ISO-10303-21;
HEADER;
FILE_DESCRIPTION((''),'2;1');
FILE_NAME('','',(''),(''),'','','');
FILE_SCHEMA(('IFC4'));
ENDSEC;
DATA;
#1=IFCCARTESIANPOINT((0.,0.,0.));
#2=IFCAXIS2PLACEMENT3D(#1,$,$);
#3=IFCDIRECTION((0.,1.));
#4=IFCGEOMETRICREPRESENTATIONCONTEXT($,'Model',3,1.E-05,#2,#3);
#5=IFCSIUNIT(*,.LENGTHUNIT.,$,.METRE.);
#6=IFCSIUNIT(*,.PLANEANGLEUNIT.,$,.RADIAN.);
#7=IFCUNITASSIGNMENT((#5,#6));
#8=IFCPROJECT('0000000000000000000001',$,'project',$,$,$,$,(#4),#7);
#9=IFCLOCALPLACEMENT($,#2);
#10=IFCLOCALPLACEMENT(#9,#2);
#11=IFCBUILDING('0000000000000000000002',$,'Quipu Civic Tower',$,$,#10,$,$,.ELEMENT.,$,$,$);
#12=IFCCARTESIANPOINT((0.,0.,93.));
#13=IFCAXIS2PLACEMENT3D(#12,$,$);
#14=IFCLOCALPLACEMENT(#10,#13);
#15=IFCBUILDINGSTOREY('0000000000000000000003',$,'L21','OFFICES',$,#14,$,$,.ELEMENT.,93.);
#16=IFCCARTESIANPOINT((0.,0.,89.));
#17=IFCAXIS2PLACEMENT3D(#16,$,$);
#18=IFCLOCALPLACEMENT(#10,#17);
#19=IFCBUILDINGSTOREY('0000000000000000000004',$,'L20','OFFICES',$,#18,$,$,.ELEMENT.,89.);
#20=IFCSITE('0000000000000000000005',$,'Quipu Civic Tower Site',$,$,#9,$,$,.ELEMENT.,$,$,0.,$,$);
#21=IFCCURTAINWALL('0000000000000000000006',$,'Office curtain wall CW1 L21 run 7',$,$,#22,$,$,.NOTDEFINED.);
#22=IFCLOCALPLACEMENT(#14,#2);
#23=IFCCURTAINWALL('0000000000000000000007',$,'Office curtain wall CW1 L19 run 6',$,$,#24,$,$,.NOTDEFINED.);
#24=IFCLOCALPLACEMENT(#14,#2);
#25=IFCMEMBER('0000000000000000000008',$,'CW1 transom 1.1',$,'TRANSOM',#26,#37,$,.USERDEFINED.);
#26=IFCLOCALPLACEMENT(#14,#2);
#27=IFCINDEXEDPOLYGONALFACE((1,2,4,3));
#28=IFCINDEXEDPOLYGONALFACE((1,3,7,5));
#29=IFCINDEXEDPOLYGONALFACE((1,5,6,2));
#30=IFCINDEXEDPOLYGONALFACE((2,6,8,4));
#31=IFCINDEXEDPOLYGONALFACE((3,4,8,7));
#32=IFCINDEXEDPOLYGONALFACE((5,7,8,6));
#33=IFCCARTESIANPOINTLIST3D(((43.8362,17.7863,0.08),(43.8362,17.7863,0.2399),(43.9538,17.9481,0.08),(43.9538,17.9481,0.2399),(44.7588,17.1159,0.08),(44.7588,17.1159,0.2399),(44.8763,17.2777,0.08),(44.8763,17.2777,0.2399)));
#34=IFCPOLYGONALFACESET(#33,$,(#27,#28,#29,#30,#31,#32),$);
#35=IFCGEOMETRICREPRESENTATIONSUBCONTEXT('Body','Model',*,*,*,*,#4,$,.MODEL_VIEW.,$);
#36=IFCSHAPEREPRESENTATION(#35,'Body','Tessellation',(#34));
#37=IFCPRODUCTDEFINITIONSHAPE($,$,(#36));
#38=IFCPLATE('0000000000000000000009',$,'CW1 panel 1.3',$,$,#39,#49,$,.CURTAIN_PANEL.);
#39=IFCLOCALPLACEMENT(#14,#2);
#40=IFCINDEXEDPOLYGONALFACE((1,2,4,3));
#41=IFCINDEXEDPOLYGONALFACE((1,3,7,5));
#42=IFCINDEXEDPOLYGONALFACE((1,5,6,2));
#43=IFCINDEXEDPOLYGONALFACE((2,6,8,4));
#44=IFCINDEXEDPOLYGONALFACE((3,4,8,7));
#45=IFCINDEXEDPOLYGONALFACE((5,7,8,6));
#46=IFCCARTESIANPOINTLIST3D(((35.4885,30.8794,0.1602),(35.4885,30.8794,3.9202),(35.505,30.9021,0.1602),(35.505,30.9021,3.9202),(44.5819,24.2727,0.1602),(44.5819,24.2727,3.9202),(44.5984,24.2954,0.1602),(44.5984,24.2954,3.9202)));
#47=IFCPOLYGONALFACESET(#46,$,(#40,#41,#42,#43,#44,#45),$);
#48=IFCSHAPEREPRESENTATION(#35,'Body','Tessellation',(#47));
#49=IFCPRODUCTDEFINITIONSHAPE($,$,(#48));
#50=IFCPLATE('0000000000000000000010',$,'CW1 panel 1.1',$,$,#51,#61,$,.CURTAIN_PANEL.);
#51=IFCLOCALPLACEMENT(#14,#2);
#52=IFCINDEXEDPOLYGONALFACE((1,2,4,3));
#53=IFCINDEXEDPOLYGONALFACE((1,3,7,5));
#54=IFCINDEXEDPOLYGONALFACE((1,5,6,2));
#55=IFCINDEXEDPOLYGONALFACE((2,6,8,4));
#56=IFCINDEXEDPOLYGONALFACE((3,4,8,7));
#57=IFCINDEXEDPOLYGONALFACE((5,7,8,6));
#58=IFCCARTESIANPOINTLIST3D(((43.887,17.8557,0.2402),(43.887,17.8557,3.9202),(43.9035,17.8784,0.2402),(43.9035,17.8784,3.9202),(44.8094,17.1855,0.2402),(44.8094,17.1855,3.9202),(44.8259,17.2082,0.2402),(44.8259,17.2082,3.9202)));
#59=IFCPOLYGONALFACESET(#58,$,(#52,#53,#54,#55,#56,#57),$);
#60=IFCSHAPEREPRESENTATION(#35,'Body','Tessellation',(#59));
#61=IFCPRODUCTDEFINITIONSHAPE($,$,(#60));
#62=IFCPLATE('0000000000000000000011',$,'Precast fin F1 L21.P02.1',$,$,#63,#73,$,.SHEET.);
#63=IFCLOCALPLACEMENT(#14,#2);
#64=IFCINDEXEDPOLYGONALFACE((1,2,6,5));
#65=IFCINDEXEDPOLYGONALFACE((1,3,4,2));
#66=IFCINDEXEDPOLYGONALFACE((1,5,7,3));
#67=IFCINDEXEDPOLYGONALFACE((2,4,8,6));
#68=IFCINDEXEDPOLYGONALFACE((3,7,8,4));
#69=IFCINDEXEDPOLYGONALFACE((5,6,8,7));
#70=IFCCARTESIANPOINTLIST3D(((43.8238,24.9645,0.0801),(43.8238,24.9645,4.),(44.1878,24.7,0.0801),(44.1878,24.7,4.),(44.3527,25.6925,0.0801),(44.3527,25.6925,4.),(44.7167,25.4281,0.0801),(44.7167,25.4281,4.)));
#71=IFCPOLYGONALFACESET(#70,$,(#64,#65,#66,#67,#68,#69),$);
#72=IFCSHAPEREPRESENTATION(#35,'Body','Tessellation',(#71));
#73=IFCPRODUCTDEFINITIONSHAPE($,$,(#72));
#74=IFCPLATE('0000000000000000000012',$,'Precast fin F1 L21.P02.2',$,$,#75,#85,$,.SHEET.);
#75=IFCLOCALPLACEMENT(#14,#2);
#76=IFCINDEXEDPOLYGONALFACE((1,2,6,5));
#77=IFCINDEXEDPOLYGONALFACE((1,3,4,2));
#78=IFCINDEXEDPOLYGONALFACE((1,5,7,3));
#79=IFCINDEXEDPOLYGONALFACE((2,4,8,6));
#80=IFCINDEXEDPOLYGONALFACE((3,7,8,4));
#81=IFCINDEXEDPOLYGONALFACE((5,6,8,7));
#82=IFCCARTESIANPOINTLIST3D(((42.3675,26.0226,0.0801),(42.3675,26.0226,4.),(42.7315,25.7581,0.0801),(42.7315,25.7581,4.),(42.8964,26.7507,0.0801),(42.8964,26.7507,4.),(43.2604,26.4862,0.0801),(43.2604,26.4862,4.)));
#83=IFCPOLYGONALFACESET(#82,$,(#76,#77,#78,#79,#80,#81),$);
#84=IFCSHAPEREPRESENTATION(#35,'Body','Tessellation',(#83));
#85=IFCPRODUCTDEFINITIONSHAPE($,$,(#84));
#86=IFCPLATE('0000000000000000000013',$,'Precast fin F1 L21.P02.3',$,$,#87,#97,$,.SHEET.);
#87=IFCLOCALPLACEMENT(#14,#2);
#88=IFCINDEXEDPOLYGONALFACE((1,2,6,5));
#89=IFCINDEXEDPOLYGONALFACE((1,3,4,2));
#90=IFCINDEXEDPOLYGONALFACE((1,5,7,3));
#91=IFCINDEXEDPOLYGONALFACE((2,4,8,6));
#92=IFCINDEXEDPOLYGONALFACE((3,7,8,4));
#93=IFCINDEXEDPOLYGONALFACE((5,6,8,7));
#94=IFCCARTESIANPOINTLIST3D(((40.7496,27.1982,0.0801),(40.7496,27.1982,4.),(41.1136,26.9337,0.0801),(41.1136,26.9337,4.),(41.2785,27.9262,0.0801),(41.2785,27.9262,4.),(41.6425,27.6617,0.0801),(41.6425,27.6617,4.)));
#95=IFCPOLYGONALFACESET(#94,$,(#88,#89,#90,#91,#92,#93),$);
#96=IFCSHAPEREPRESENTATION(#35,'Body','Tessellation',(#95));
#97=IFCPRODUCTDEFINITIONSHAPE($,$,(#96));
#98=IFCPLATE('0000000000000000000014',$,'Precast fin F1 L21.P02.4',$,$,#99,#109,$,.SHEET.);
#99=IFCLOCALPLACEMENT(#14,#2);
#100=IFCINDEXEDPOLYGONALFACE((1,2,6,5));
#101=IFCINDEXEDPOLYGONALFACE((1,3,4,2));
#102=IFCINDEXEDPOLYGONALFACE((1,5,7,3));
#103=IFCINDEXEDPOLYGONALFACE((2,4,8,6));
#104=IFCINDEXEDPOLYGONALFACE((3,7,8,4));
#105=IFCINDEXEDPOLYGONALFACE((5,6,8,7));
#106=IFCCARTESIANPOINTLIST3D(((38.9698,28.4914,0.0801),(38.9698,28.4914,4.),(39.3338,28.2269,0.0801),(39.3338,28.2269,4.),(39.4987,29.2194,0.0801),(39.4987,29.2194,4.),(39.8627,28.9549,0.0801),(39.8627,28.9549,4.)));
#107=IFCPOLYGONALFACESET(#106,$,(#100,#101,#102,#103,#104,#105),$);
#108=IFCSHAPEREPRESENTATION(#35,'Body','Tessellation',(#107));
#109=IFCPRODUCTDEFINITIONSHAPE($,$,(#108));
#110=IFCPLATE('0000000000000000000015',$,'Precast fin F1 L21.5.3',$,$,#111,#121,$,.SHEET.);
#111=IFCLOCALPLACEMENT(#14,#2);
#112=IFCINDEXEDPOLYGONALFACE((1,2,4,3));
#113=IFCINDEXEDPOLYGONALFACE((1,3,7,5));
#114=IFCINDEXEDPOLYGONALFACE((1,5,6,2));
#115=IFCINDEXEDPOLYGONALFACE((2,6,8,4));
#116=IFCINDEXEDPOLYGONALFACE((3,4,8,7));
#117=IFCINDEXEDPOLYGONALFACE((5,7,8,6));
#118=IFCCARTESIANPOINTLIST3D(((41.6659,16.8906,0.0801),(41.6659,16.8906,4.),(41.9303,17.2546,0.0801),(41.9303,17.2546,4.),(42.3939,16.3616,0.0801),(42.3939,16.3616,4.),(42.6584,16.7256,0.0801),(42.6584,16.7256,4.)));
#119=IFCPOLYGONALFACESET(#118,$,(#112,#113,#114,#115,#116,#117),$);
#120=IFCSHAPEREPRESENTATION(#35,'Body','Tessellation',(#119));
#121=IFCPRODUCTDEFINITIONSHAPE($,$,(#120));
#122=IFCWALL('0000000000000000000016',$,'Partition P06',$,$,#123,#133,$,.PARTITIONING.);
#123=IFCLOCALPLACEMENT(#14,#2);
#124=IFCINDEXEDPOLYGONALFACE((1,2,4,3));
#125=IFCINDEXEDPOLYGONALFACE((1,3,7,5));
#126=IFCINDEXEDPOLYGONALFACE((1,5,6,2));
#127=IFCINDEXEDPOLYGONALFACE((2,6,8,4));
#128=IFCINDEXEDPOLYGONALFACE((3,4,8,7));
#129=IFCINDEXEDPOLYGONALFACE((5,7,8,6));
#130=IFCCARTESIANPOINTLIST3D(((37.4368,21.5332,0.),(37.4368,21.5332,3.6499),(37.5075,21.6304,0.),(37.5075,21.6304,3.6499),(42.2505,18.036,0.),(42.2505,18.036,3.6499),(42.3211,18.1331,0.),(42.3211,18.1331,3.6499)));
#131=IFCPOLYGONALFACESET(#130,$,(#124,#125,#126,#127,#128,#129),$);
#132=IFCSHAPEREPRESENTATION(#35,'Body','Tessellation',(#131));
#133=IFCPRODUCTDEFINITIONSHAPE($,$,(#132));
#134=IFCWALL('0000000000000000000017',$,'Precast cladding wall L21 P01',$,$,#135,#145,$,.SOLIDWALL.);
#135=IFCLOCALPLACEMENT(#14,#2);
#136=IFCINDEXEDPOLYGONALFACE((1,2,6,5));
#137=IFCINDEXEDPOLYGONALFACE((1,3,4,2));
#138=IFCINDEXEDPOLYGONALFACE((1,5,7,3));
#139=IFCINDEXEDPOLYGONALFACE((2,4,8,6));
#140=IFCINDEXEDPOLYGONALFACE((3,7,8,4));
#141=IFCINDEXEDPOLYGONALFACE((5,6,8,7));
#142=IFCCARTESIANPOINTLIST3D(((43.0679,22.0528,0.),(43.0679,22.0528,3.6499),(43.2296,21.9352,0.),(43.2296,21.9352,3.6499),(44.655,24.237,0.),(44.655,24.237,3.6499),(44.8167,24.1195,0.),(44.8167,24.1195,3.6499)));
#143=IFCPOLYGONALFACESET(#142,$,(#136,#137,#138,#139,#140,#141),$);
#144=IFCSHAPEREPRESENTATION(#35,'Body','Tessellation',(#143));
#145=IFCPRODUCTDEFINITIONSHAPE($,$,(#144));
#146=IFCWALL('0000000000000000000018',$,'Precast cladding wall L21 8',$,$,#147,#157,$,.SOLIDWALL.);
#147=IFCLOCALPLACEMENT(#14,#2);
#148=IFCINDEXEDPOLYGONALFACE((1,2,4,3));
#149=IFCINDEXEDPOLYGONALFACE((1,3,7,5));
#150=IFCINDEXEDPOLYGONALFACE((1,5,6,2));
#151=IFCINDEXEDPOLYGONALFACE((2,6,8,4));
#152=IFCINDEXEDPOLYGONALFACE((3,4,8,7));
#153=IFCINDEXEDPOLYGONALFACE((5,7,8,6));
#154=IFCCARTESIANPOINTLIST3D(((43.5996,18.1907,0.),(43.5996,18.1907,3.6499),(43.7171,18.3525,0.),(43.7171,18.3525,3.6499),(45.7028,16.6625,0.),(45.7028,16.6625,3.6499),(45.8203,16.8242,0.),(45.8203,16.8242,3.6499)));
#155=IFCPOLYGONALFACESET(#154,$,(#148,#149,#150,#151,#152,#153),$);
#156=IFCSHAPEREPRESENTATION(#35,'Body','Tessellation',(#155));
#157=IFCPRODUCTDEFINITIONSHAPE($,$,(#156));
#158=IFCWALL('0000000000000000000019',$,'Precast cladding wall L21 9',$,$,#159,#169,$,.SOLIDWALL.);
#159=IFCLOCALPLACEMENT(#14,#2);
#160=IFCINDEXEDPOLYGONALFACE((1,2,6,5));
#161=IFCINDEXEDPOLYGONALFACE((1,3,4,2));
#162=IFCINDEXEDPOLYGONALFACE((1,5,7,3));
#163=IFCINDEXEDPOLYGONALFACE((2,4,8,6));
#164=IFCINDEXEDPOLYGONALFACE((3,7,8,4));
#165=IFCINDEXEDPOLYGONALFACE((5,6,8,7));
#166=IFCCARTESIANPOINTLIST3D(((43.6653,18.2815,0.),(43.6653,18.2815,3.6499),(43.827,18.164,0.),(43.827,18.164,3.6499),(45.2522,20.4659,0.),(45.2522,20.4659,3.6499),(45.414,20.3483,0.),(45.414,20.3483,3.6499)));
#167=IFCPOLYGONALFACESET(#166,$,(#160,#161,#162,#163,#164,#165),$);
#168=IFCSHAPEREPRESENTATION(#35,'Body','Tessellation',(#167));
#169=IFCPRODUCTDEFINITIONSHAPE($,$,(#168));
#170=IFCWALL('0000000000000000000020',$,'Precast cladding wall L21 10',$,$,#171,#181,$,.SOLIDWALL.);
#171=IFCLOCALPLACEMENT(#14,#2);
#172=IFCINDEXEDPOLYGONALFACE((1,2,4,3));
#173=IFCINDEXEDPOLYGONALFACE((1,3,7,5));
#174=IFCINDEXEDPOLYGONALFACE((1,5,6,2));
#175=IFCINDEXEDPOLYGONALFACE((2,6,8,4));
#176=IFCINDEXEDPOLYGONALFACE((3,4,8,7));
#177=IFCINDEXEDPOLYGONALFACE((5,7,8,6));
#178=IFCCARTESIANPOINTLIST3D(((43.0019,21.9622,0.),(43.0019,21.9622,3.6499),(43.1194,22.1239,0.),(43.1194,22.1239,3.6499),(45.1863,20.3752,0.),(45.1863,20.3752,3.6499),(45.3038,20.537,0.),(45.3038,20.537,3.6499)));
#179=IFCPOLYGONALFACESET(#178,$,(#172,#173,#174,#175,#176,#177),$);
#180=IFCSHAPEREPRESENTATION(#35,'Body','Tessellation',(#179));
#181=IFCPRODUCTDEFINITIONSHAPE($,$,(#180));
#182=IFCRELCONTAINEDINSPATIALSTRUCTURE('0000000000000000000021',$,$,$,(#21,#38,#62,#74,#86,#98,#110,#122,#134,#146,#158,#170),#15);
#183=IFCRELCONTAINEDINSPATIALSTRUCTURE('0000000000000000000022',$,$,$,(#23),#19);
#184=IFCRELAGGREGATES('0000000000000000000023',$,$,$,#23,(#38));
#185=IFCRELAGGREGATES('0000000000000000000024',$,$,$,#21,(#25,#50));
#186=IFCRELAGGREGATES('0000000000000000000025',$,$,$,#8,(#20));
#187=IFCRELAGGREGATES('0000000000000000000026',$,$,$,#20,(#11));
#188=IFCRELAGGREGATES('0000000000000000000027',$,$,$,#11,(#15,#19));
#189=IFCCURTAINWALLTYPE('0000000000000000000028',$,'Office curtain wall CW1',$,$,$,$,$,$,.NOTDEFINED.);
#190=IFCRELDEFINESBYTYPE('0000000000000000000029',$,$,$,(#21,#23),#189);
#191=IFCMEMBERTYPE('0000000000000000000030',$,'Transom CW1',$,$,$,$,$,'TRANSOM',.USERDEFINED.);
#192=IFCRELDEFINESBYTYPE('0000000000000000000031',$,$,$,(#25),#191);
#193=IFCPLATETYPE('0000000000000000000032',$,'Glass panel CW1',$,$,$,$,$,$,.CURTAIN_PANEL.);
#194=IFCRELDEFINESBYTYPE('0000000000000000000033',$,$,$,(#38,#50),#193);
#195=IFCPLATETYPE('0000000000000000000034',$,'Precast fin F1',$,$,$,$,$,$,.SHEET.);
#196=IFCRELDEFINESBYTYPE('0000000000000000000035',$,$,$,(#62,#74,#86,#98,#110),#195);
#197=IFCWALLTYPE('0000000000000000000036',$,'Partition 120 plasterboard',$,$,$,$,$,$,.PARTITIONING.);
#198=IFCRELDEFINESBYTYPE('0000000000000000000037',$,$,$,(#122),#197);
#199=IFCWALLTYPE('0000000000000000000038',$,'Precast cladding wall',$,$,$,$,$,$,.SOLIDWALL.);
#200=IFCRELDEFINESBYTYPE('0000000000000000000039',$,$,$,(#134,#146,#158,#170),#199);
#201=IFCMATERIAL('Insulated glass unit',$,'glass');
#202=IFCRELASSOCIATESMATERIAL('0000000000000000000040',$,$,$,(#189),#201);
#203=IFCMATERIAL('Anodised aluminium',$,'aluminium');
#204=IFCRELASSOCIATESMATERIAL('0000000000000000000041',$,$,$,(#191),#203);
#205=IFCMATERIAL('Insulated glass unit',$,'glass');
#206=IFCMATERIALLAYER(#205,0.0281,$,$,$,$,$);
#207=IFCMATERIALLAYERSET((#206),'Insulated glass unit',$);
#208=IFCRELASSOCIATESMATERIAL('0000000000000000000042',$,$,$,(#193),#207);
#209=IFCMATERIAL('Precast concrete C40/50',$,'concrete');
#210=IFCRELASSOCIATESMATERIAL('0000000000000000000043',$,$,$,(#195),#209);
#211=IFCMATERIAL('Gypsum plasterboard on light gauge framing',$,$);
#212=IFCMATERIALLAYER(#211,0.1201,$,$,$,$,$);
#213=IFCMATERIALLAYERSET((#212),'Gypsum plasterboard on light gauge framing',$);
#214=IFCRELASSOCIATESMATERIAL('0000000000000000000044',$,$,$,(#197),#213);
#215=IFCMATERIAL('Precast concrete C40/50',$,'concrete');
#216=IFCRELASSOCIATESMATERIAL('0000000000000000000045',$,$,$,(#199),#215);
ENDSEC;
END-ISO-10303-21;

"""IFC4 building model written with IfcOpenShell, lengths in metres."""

from ifc_helpers import new_model, si_unit, direction, frame, frame_2d, origin, origin_2d, place, context, subcontext, project, spatial, rectangle, extrude, material, layer, layer_set, material_profile, profile_set, type_object, element, aggregate, save


model = new_model("IFC4")

# Units and contexts
model_context = context("Model", 3, precision=1e-05, world=origin(), true_north=direction((0.0, 1.0)))
body_context = subcontext(model_context, "Body", "Model", "MODEL_VIEW")
ifc_project = project(units=[si_unit("LENGTHUNIT", "METRE"), si_unit("PLANEANGLEUNIT", "RADIAN")], contexts=[model_context])

# Site, building, storey
site_placement = place(None, origin())
site = spatial("IfcSite", under=ifc_project, at=site_placement, Name="Quipu Civic Tower Site", CompositionType="ELEMENT", RefElevation=0.0)
building_placement = place(site_placement, origin())
building = spatial("IfcBuilding", under=site, at=building_placement, Name="Quipu Civic Tower", CompositionType="ELEMENT")
storey_1_placement = place(building_placement, frame((0.0, 0.0, 93.0)))
storey_1 = spatial("IfcBuildingStorey", under=building, at=storey_1_placement, Name="L21", Description="OFFICES", CompositionType="ELEMENT", Elevation=93.0)

# Shared definitions
ifc_material_1 = material(Name="Insulated glass unit", Category="glass")
curtain_wall_type = type_object("IfcCurtainWallType", Name="Office curtain wall CW1", PredefinedType="NOTDEFINED", material=ifc_material_1)

# Curtain wall
curtain_wall_1_placement = place(storey_1_placement, origin())
curtain_wall_1 = element("IfcCurtainWall", 1, at=curtain_wall_1_placement, inside=storey_1, type_object=curtain_wall_type, Name="Office curtain wall CW1 L21 run 7", PredefinedType="NOTDEFINED")

# Shared definitions
storey_2_placement = place(building_placement, frame((0.0, 0.0, 89.0)))
storey_2 = spatial("IfcBuildingStorey", under=building, at=storey_2_placement, Name="L20", Description="OFFICES", CompositionType="ELEMENT", Elevation=89.0)

# Curtain wall
ifc_material_2 = material(Name="Anodised aluminium", Category="aluminium")
ifc_material_profile_1 = material_profile(ifc_material_2, rectangle(XDim=0.2, YDim=0.1599, at=origin_2d()), Name="RECT 200x160")
ifc_profile_set_1 = profile_set([ifc_material_profile_1], Name="Anodised aluminium")
member_type_1 = type_object("IfcMemberType", Name="Transom CW1", ElementType="TRANSOM", PredefinedType="USERDEFINED", material=ifc_profile_set_1)
curtain_wall_2_placement = place(storey_2_placement, origin())
curtain_wall_2 = element("IfcCurtainWall", 2, at=curtain_wall_2_placement, inside=storey_2, type_object=curtain_wall_type, Name="Office curtain wall CW1 L19 run 6", PredefinedType="NOTDEFINED")

# Member
member_1_placement = place(storey_1_placement, frame((43.895, 17.8672, 0.1599), z_axis=(0.808977, -0.587841, 0.0), x_axis=(0.587841, 0.808977, 0.0)))
member_1 = element("IfcMember", 3, at=member_1_placement, type_object=member_type_1, Name="CW1 transom 1.1", ObjectType="TRANSOM", PredefinedType="USERDEFINED", context=body_context, shape_type="SweptSolid", body=[
    extrude(rectangle(XDim=0.2, YDim=0.1599, at=origin_2d()), origin(), (0.0, 0.0, 1.0), 1.1404),
])

# Plates
ifc_material_3 = material(Name="Insulated glass unit", Category="glass")
ifc_layer_1 = layer(ifc_material_3, 0.0281)
ifc_layer_set_1 = layer_set([ifc_layer_1], Name="Insulated glass unit")
plate_type_1 = type_object("IfcPlateType", Name="Glass panel CW1", PredefinedType="CURTAIN_PANEL", material=ifc_layer_set_1)
plate_1_placement = place(storey_1_placement, frame((40.0435, 27.5874, 0.1602), z_axis=(0.0, 0.0, 1.0), x_axis=(-0.809015, 0.587788, 0.0)))
plate_1 = element("IfcPlate", 4, at=plate_1_placement, inside=storey_1, type_object=plate_type_1, Name="CW1 panel 1.3", PredefinedType="CURTAIN_PANEL", context=body_context, shape_type="SweptSolid", body=[
    extrude(rectangle(XDim=11.24, YDim=0.0281, at=origin_2d()), origin(), (0.0, 0.0, 1.0), 3.76),
])
aggregate(curtain_wall_2, [plate_1])
plate_2_placement = place(storey_1_placement, frame((44.3564, 17.532, 0.2402), z_axis=(0.0, 0.0, 1.0), x_axis=(0.808999, -0.58781, 0.0)))
plate_2 = element("IfcPlate", 5, at=plate_2_placement, type_object=plate_type_1, Name="CW1 panel 1.1", PredefinedType="CURTAIN_PANEL", context=body_context, shape_type="SweptSolid", body=[
    extrude(rectangle(XDim=1.1401, YDim=0.0281, at=origin_2d()), origin(), (0.0, 0.0, 1.0), 3.6799),
])
aggregate(curtain_wall_1, [member_1, plate_2])

# Plates
ifc_material_4 = material(Name="Precast concrete C40/50", Category="concrete")
plate_type_2 = type_object("IfcPlateType", Name="Precast fin F1", PredefinedType="SHEET", material=ifc_material_4)
for number, where, z_axis, x_axis, name in (
    (6, (44.2703, 25.1963, 0.0801), (0.0, 0.0, 1.0), (-0.809017, 0.587785, 0.0), "Precast fin F1 L21.P02.1"),
    (7, (42.814, 26.2544, 0.0801), (0.0, 0.0, 1.0), (-0.809017, 0.587785, 0.0), "Precast fin F1 L21.P02.2"),
    (8, (41.196, 27.4299, 0.0801), (0.0, 0.0, 1.0), (-0.809017, 0.587785, 0.0), "Precast fin F1 L21.P02.3"),
    (9, (39.4163, 28.7231, 0.0801), (0.0, 0.0, 1.0), (-0.809017, 0.587785, 0.0), "Precast fin F1 L21.P02.4"),
    (10, (42.1621, 16.8081, 0.0801), (0.0, 0.0, 1.0), (0.587784, 0.809018, 0.0), "Precast fin F1 L21.5.3"),
):
    element("IfcPlate", number, at=place(storey_1_placement, frame(where, z_axis=z_axis, x_axis=x_axis)), inside=storey_1, type_object=plate_type_2, Name=name, PredefinedType="SHEET", context=body_context, shape_type="SweptSolid", body=[
        extrude(rectangle(XDim=0.45, YDim=0.8999, at=origin_2d()), origin(), (0.0, 0.0, 1.0), 3.9199),
    ])

# Walls
ifc_material_5 = material(Name="Gypsum plasterboard on light gauge framing")
ifc_layer_2 = layer(ifc_material_5, 0.1201)
ifc_layer_set_2 = layer_set([ifc_layer_2], Name="Gypsum plasterboard on light gauge framing")
wall_type_1 = type_object("IfcWallType", Name="Partition 120 plasterboard", PredefinedType="PARTITIONING", material=ifc_layer_set_2)
wall_1_placement = place(storey_1_placement, frame((42.2859, 18.0845, 0.0), z_axis=(0.0, 0.0, 1.0), x_axis=(-0.809022, 0.587779, 0.0)))
element("IfcWall", 11, at=wall_1_placement, inside=storey_1, type_object=wall_type_1, Name="Partition P06", PredefinedType="PARTITIONING", context=body_context, shape_type="SweptSolid", body=[
    extrude(rectangle(XDim=5.95, YDim=0.1201, at=frame_2d((2.9751, 0.0))), origin(), (0.0, 0.0, 1.0), 3.6499),
])
ifc_material_6 = material(Name="Precast concrete C40/50", Category="concrete")
wall_type_2 = type_object("IfcWallType", Name="Precast cladding wall", PredefinedType="SOLIDWALL", material=ifc_material_6)
wall_2_placement = place(storey_1_placement, frame((43.1487, 21.9939, 0.0), z_axis=(0.0, 0.0, 1.0), x_axis=(0.587822, 0.80899, 0.0)))
element("IfcWall", 12, at=wall_2_placement, inside=storey_1, type_object=wall_type_2, Name="Precast cladding wall L21 P01", PredefinedType="SOLIDWALL", context=body_context, shape_type="SweptSolid", body=[
    extrude(rectangle(XDim=2.7, YDim=0.2, at=frame_2d((1.3501, 0.0))), origin(), (0.0, 0.0, 1.0), 3.6499),
])
wall_3_placement = place(storey_1_placement, frame((45.7615, 16.7434, 0.0), z_axis=(0.0, 0.0, 1.0), x_axis=(-0.80898, 0.587837, 0.0)))
element("IfcWall", 13, at=wall_3_placement, inside=storey_1, type_object=wall_type_2, Name="Precast cladding wall L21 8", PredefinedType="SOLIDWALL", context=body_context, shape_type="SweptSolid", body=[
    extrude(rectangle(XDim=2.5999, YDim=0.2, at=frame_2d((1.2998, 0.0))), origin(), (0.0, 0.0, 1.0), 3.6499),
])
for number, where, z_axis, x_axis, name in (
    (14, (43.7461, 18.2227, 0.0), (0.0, 0.0, 1.0), (0.587763, 0.809033, 0.0), "Precast cladding wall L21 9"),
    (15, (45.2451, 20.4561, 0.0), (0.0, 0.0, 1.0), (-0.809033, 0.587763, 0.0), "Precast cladding wall L21 10"),
):
    element("IfcWall", number, at=place(storey_1_placement, frame(where, z_axis=z_axis, x_axis=x_axis)), inside=storey_1, type_object=wall_type_2, Name=name, PredefinedType="SOLIDWALL", context=body_context, shape_type="SweptSolid", body=[
        extrude(rectangle(XDim=2.7, YDim=0.2, at=frame_2d((1.3501, 0.0))), origin(), (0.0, 0.0, 1.0), 3.6499),
    ])

save(model, "model.ifc")
